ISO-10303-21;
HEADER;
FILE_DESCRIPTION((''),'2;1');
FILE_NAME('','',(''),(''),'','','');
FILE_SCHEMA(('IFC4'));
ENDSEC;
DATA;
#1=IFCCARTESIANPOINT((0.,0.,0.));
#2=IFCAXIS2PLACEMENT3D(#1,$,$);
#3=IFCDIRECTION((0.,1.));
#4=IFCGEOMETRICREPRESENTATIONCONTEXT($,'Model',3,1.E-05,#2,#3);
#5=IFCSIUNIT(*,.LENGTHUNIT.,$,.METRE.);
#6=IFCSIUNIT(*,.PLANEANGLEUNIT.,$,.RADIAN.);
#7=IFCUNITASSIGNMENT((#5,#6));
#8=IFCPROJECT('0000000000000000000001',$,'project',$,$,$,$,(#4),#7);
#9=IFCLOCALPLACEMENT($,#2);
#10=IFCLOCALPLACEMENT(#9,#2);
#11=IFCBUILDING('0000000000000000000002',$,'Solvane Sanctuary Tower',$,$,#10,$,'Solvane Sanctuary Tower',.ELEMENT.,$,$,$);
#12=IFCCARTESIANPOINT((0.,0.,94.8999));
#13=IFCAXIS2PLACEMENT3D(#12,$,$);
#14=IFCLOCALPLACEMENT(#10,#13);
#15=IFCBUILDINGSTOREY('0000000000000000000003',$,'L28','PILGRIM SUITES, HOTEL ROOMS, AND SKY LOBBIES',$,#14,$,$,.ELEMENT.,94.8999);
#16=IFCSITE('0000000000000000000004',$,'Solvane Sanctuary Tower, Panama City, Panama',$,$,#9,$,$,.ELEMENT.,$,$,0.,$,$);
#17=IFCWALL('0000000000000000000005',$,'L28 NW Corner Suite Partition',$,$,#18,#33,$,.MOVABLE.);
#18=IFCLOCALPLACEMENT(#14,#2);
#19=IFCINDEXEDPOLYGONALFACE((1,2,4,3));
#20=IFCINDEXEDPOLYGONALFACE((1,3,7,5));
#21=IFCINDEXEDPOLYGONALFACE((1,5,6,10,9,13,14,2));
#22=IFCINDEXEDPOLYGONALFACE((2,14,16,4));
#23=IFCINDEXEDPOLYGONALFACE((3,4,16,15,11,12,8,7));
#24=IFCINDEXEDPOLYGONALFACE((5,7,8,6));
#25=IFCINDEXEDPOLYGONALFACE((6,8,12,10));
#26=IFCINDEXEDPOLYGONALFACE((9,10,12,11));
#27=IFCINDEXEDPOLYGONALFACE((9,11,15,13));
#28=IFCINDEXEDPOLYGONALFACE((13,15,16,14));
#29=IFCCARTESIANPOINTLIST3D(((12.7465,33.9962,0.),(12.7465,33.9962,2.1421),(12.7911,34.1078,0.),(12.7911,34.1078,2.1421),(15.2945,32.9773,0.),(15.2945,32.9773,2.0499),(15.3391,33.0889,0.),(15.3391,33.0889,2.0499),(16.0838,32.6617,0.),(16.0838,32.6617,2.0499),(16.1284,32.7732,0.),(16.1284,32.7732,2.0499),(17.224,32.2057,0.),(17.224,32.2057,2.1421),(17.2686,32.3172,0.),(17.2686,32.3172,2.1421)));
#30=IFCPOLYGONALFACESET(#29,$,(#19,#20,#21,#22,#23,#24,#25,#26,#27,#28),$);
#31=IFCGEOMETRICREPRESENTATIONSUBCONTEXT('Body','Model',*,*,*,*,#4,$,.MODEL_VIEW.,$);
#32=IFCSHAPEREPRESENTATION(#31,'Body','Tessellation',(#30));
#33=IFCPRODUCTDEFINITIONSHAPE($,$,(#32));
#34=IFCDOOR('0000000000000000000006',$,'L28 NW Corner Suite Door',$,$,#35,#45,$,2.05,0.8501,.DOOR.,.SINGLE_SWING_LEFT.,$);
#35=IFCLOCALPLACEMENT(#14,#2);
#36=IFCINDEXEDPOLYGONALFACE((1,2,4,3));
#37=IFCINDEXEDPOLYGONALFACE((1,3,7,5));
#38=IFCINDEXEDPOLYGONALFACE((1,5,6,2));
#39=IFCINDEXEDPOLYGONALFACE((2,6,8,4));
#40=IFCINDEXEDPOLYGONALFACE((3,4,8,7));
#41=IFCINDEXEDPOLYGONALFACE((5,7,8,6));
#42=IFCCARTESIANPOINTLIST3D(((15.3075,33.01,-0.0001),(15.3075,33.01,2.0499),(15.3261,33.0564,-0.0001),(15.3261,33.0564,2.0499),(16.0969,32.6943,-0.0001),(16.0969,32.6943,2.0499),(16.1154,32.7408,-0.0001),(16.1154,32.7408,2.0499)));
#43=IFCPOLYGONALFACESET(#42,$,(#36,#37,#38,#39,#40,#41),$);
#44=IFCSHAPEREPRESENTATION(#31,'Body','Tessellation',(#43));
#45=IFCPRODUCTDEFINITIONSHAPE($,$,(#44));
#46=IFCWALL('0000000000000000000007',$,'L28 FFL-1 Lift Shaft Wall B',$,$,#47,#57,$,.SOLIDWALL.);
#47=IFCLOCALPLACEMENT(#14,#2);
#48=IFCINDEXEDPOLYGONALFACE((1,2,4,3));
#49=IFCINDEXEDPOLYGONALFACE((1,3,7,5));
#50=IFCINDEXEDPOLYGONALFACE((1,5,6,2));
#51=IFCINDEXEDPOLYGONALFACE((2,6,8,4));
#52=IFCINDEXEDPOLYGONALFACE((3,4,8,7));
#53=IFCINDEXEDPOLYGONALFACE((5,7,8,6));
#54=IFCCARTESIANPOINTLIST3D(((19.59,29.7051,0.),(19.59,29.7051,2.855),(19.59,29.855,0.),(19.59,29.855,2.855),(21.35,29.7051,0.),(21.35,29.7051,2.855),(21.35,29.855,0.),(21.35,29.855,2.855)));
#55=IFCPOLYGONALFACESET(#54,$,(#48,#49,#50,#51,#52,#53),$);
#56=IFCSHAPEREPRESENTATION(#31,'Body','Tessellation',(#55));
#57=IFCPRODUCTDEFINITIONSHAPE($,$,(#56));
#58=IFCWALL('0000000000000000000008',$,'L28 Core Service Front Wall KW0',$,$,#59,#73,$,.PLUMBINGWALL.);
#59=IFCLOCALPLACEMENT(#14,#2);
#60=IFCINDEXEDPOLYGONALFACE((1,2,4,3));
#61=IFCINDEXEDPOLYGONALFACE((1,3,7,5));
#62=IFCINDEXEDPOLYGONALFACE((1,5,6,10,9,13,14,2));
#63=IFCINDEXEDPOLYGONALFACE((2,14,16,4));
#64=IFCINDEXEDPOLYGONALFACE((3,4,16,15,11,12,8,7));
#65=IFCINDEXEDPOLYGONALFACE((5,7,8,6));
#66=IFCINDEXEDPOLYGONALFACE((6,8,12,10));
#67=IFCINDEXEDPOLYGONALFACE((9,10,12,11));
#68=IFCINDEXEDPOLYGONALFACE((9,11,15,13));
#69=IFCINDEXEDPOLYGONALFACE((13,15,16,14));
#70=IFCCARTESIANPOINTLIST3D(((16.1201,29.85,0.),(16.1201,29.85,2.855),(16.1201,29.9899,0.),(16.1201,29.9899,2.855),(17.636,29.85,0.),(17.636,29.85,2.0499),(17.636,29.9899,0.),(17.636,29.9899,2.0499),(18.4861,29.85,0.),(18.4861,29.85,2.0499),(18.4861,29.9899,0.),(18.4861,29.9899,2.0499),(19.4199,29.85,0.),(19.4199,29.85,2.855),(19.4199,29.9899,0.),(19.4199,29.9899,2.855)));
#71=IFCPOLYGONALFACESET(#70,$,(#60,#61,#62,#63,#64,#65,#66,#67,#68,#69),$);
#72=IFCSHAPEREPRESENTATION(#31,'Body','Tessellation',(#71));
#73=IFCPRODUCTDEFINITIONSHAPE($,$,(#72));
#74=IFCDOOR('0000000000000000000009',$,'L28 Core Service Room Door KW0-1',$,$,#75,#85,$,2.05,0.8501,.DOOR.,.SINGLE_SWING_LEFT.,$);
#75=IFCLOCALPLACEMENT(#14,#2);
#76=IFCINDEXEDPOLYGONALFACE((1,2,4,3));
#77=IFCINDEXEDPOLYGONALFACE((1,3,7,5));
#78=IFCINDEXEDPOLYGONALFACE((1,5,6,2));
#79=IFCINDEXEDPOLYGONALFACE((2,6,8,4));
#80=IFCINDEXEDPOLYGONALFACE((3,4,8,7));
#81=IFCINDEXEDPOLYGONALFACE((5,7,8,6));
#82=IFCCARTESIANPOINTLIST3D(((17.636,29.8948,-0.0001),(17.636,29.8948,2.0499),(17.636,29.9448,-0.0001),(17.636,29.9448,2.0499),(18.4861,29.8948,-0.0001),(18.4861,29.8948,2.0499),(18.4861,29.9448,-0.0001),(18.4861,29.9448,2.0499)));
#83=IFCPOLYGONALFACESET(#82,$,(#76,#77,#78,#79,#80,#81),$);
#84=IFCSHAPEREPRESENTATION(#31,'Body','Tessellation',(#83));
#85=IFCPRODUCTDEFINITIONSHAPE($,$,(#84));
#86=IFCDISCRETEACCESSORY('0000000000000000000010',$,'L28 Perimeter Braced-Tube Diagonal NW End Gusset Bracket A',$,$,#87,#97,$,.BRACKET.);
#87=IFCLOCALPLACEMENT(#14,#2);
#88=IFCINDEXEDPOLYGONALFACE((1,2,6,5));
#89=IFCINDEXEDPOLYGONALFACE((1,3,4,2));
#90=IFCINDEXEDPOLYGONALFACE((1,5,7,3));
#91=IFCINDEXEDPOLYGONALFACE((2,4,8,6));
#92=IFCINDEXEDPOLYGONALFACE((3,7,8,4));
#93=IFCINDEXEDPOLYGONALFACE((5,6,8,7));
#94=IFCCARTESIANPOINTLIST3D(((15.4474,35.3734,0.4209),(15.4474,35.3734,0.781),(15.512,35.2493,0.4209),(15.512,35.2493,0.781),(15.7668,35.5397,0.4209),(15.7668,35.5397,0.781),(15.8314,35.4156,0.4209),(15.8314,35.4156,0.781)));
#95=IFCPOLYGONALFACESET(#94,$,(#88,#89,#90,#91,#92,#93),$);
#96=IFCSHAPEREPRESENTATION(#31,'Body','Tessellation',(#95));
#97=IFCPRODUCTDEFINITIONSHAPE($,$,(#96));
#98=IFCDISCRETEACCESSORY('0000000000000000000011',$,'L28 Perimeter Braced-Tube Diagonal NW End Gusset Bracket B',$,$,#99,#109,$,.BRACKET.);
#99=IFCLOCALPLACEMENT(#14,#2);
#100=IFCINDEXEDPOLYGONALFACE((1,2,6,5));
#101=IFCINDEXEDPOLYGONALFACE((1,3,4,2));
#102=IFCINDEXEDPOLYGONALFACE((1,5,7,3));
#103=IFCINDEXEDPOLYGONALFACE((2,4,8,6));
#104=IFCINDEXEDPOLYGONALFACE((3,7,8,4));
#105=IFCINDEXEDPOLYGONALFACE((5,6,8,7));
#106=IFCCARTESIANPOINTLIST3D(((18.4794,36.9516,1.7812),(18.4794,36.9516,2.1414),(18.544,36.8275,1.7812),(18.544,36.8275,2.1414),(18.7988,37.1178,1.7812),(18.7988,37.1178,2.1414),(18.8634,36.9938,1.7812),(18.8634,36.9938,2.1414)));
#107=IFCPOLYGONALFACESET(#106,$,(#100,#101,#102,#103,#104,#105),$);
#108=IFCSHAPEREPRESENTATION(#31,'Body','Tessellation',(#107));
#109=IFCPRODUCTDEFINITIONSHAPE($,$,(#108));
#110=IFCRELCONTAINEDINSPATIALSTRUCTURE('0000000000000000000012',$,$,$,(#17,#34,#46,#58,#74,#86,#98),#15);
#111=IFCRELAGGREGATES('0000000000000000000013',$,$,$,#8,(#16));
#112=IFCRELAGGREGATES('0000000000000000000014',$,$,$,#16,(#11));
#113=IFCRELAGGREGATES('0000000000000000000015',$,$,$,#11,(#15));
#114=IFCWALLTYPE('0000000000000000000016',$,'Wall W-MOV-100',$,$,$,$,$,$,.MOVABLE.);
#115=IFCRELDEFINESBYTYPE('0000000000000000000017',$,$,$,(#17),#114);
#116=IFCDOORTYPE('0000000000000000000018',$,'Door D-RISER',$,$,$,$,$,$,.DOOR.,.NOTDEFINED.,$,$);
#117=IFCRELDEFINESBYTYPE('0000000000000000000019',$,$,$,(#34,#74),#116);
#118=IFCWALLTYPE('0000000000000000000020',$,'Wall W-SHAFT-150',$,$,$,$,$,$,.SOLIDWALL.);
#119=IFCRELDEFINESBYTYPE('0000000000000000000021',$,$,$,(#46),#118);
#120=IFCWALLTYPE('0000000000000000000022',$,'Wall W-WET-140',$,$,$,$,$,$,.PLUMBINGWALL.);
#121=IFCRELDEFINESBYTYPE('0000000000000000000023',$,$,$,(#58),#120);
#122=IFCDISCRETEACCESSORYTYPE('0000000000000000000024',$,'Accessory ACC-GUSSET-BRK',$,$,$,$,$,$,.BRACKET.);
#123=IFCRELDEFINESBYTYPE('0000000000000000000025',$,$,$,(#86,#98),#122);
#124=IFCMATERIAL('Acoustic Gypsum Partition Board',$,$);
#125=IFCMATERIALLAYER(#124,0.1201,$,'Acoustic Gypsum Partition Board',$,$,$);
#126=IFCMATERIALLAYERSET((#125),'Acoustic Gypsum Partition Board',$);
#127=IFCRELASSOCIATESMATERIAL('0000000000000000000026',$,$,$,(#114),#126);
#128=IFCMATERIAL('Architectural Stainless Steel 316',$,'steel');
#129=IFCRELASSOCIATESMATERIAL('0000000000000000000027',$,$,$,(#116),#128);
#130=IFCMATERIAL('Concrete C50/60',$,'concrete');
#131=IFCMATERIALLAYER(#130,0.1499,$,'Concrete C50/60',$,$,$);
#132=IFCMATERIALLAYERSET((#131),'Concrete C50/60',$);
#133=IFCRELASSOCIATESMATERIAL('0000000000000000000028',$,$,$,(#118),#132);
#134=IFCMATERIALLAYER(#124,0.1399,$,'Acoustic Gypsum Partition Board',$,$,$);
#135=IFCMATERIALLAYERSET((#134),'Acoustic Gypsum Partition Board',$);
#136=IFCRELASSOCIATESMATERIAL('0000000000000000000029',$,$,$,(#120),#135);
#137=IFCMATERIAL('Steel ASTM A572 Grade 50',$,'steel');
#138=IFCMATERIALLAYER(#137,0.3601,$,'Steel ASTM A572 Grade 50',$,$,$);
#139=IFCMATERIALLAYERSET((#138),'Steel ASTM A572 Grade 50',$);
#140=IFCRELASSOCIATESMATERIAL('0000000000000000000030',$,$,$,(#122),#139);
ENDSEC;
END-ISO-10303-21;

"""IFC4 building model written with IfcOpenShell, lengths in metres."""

from ifc_helpers import new_model, si_unit, direction, frame, frame_2d, origin, origin_2d, place, context, subcontext, project, spatial, rectangle, extrude, material, layer, layer_set, type_object, element, fill, save


model = new_model("IFC4")

# Units and contexts
model_context = context("Model", 3, precision=1e-05, world=origin(), true_north=direction((0.0, 1.0)))
body_context = subcontext(model_context, "Body", "Model", "MODEL_VIEW")
ifc_project = project(units=[si_unit("LENGTHUNIT", "METRE"), si_unit("PLANEANGLEUNIT", "RADIAN")], contexts=[model_context])

# Site, building, storey
site_placement = place(None, origin())
site = spatial("IfcSite", under=ifc_project, at=site_placement, Name="Solvane Sanctuary Tower, Panama City, Panama", CompositionType="ELEMENT", RefElevation=0.0)
building_placement = place(site_placement, origin())
building = spatial("IfcBuilding", under=site, at=building_placement, Name="Solvane Sanctuary Tower", LongName="Solvane Sanctuary Tower", CompositionType="ELEMENT")
storey_placement = place(building_placement, frame((0.0, 0.0, 94.8999)))
storey = spatial("IfcBuildingStorey", under=building, at=storey_placement, Name="L28", Description="PILGRIM SUITES, HOTEL ROOMS, AND SKY LOBBIES", CompositionType="ELEMENT", Elevation=94.8999)

# Shared definitions
ifc_material_1 = material(Name="Acoustic Gypsum Partition Board")

# Wall, opening, door
ifc_layer_1 = layer(ifc_material_1, 0.1201, Name="Acoustic Gypsum Partition Board")
ifc_layer_set_1 = layer_set([ifc_layer_1], Name="Acoustic Gypsum Partition Board")
wall_type_1 = type_object("IfcWallType", Name="Wall W-MOV-100", PredefinedType="MOVABLE", material=ifc_layer_set_1)
wall_1_placement = place(storey_placement, frame((17.2463, 32.2615, 0.0), z_axis=(0.0, 0.0, 1.0), x_axis=(-0.928512, 0.371303, 0.0)))
wall_1 = element("IfcWall", 1, at=wall_1_placement, inside=storey, type_object=wall_type_1, Name="L28 NW Corner Suite Partition", PredefinedType="MOVABLE", context=body_context, shape_type="SweptSolid", body=[
    extrude(rectangle(XDim=4.8223, YDim=0.1201, at=frame_2d((2.4111, 0.0))), origin(), (0.0, 0.0, 1.0), 2.1421),
])
opening_1_placement = place(wall_1_placement, frame((1.228, 0.0, 0.0)))
opening_1 = element("IfcOpeningElement", 2, at=opening_1_placement, cuts=wall_1, PredefinedType="OPENING", context=body_context, shape_type="SweptSolid", body=[
    extrude(rectangle(XDim=0.8501, YDim=2.05, at=frame_2d((0.425, 1.0249))), frame((0.0, 0.0701, 0.0), z_axis=(0.0, -1.0, 0.0), x_axis=(1.0, 0.0, 0.0)), (0.0, 0.0, 1.0), 0.1401),
])
ifc_material_2 = material(Name="Architectural Stainless Steel 316", Category="steel")
door_type_1 = type_object("IfcDoorType", Name="Door D-RISER", OperationType="NOTDEFINED", PredefinedType="DOOR", material=ifc_material_2)
door_1_placement = place(opening_1_placement, origin())
door_1 = element("IfcDoor", 3, at=door_1_placement, inside=storey, type_object=door_type_1, Name="L28 NW Corner Suite Door", OperationType="SINGLE_SWING_LEFT", OverallHeight=2.05, OverallWidth=0.8501, PredefinedType="DOOR", context=body_context, shape_type="SweptSolid", body=[
    extrude(rectangle(XDim=0.8501, YDim=2.05, at=frame_2d((0.425, 1.0249))), frame((0.0, 0.0249, 0.0), z_axis=(0.0, -1.0, 0.0), x_axis=(1.0, 0.0, 0.0)), (0.0, 0.0, 1.0), 0.05),
])
fill(opening_1, door_1)

# Wall
ifc_material_3 = material(Name="Concrete C50/60", Category="concrete")
ifc_layer_2 = layer(ifc_material_3, 0.1499, Name="Concrete C50/60")
ifc_layer_set_2 = layer_set([ifc_layer_2], Name="Concrete C50/60")
wall_type_2 = type_object("IfcWallType", Name="Wall W-SHAFT-150", PredefinedType="SOLIDWALL", material=ifc_layer_set_2)
wall_2_placement = place(storey_placement, frame((19.5901, 29.78, 0.0), z_axis=(0.0, 0.0, 1.0), x_axis=(1.0, 0.0, 0.0)))
element("IfcWall", 4, at=wall_2_placement, inside=storey, type_object=wall_type_2, Name="L28 FFL-1 Lift Shaft Wall B", PredefinedType="SOLIDWALL", context=body_context, shape_type="SweptSolid", body=[
    extrude(rectangle(XDim=1.76, YDim=0.1499, at=frame_2d((0.8799, 0.0))), origin(), (0.0, 0.0, 1.0), 2.855),
])

# Wall, opening, door
ifc_layer_3 = layer(ifc_material_1, 0.1399, Name="Acoustic Gypsum Partition Board")
ifc_layer_set_3 = layer_set([ifc_layer_3], Name="Acoustic Gypsum Partition Board")
wall_type_3 = type_object("IfcWallType", Name="Wall W-WET-140", PredefinedType="PLUMBINGWALL", material=ifc_layer_set_3)
wall_3_placement = place(storey_placement, frame((16.1201, 29.9199, 0.0), z_axis=(0.0, 0.0, 1.0), x_axis=(1.0, 0.0, 0.0)))
wall_3 = element("IfcWall", 5, at=wall_3_placement, inside=storey, type_object=wall_type_3, Name="L28 Core Service Front Wall KW0", PredefinedType="PLUMBINGWALL", context=body_context, shape_type="SweptSolid", body=[
    extrude(rectangle(XDim=3.2998, YDim=0.1399, at=frame_2d((1.6499, 0.0))), origin(), (0.0, 0.0, 1.0), 2.855),
])
opening_2_placement = place(wall_3_placement, frame((1.5159, 0.0, 0.0)))
opening_2 = element("IfcOpeningElement", 6, at=opening_2_placement, cuts=wall_3, PredefinedType="OPENING", context=body_context, shape_type="SweptSolid", body=[
    extrude(rectangle(XDim=0.8501, YDim=2.05, at=frame_2d((0.425, 1.0249))), frame((0.0, 0.0798, 0.0), z_axis=(0.0, -1.0, 0.0), x_axis=(1.0, 0.0, 0.0)), (0.0, 0.0, 1.0), 0.1599),
])
door_2_placement = place(opening_2_placement, origin())
door_2 = element("IfcDoor", 7, at=door_2_placement, inside=storey, type_object=door_type_1, Name="L28 Core Service Room Door KW0-1", OperationType="SINGLE_SWING_LEFT", OverallHeight=2.05, OverallWidth=0.8501, PredefinedType="DOOR", context=body_context, shape_type="SweptSolid", body=[
    extrude(rectangle(XDim=0.8501, YDim=2.05, at=frame_2d((0.425, 1.0249))), frame((0.0, 0.0249, 0.0), z_axis=(0.0, -1.0, 0.0), x_axis=(1.0, 0.0, 0.0)), (0.0, 0.0, 1.0), 0.05),
])
fill(opening_2, door_2)

# Discrete accessories
ifc_material_4 = material(Name="Steel ASTM A572 Grade 50", Category="steel")
ifc_layer_4 = layer(ifc_material_4, 0.3601, Name="Steel ASTM A572 Grade 50")
ifc_layer_set_4 = layer_set([ifc_layer_4], Name="Steel ASTM A572 Grade 50")
discrete_accessory_type = type_object("IfcDiscreteAccessoryType", Name="Accessory ACC-GUSSET-BRK", PredefinedType="BRACKET", material=ifc_layer_set_4)
for number, where, z_axis, x_axis, name in (
    (8, (15.6394, 35.3945, 0.4209), (0.0, 0.0, 1.0), (0.887011, 0.461749, 0.0), "L28 Perimeter Braced-Tube Diagonal NW End Gusset Bracket A"),
    (9, (18.6714, 36.9727, 1.7812), (0.0, 0.0, 1.0), (0.887011, 0.461749, 0.0), "L28 Perimeter Braced-Tube Diagonal NW End Gusset Bracket B"),
):
    element("IfcDiscreteAccessory", number, at=place(storey_placement, frame(where, z_axis=z_axis, x_axis=x_axis)), inside=storey, type_object=discrete_accessory_type, Name=name, PredefinedType="BRACKET", context=body_context, shape_type="SweptSolid", body=[
        extrude(rectangle(XDim=0.3601, YDim=0.1399, at=origin_2d()), origin(), (0.0, 0.0, 1.0), 0.3601),
    ])

save(model, "model.ifc")
